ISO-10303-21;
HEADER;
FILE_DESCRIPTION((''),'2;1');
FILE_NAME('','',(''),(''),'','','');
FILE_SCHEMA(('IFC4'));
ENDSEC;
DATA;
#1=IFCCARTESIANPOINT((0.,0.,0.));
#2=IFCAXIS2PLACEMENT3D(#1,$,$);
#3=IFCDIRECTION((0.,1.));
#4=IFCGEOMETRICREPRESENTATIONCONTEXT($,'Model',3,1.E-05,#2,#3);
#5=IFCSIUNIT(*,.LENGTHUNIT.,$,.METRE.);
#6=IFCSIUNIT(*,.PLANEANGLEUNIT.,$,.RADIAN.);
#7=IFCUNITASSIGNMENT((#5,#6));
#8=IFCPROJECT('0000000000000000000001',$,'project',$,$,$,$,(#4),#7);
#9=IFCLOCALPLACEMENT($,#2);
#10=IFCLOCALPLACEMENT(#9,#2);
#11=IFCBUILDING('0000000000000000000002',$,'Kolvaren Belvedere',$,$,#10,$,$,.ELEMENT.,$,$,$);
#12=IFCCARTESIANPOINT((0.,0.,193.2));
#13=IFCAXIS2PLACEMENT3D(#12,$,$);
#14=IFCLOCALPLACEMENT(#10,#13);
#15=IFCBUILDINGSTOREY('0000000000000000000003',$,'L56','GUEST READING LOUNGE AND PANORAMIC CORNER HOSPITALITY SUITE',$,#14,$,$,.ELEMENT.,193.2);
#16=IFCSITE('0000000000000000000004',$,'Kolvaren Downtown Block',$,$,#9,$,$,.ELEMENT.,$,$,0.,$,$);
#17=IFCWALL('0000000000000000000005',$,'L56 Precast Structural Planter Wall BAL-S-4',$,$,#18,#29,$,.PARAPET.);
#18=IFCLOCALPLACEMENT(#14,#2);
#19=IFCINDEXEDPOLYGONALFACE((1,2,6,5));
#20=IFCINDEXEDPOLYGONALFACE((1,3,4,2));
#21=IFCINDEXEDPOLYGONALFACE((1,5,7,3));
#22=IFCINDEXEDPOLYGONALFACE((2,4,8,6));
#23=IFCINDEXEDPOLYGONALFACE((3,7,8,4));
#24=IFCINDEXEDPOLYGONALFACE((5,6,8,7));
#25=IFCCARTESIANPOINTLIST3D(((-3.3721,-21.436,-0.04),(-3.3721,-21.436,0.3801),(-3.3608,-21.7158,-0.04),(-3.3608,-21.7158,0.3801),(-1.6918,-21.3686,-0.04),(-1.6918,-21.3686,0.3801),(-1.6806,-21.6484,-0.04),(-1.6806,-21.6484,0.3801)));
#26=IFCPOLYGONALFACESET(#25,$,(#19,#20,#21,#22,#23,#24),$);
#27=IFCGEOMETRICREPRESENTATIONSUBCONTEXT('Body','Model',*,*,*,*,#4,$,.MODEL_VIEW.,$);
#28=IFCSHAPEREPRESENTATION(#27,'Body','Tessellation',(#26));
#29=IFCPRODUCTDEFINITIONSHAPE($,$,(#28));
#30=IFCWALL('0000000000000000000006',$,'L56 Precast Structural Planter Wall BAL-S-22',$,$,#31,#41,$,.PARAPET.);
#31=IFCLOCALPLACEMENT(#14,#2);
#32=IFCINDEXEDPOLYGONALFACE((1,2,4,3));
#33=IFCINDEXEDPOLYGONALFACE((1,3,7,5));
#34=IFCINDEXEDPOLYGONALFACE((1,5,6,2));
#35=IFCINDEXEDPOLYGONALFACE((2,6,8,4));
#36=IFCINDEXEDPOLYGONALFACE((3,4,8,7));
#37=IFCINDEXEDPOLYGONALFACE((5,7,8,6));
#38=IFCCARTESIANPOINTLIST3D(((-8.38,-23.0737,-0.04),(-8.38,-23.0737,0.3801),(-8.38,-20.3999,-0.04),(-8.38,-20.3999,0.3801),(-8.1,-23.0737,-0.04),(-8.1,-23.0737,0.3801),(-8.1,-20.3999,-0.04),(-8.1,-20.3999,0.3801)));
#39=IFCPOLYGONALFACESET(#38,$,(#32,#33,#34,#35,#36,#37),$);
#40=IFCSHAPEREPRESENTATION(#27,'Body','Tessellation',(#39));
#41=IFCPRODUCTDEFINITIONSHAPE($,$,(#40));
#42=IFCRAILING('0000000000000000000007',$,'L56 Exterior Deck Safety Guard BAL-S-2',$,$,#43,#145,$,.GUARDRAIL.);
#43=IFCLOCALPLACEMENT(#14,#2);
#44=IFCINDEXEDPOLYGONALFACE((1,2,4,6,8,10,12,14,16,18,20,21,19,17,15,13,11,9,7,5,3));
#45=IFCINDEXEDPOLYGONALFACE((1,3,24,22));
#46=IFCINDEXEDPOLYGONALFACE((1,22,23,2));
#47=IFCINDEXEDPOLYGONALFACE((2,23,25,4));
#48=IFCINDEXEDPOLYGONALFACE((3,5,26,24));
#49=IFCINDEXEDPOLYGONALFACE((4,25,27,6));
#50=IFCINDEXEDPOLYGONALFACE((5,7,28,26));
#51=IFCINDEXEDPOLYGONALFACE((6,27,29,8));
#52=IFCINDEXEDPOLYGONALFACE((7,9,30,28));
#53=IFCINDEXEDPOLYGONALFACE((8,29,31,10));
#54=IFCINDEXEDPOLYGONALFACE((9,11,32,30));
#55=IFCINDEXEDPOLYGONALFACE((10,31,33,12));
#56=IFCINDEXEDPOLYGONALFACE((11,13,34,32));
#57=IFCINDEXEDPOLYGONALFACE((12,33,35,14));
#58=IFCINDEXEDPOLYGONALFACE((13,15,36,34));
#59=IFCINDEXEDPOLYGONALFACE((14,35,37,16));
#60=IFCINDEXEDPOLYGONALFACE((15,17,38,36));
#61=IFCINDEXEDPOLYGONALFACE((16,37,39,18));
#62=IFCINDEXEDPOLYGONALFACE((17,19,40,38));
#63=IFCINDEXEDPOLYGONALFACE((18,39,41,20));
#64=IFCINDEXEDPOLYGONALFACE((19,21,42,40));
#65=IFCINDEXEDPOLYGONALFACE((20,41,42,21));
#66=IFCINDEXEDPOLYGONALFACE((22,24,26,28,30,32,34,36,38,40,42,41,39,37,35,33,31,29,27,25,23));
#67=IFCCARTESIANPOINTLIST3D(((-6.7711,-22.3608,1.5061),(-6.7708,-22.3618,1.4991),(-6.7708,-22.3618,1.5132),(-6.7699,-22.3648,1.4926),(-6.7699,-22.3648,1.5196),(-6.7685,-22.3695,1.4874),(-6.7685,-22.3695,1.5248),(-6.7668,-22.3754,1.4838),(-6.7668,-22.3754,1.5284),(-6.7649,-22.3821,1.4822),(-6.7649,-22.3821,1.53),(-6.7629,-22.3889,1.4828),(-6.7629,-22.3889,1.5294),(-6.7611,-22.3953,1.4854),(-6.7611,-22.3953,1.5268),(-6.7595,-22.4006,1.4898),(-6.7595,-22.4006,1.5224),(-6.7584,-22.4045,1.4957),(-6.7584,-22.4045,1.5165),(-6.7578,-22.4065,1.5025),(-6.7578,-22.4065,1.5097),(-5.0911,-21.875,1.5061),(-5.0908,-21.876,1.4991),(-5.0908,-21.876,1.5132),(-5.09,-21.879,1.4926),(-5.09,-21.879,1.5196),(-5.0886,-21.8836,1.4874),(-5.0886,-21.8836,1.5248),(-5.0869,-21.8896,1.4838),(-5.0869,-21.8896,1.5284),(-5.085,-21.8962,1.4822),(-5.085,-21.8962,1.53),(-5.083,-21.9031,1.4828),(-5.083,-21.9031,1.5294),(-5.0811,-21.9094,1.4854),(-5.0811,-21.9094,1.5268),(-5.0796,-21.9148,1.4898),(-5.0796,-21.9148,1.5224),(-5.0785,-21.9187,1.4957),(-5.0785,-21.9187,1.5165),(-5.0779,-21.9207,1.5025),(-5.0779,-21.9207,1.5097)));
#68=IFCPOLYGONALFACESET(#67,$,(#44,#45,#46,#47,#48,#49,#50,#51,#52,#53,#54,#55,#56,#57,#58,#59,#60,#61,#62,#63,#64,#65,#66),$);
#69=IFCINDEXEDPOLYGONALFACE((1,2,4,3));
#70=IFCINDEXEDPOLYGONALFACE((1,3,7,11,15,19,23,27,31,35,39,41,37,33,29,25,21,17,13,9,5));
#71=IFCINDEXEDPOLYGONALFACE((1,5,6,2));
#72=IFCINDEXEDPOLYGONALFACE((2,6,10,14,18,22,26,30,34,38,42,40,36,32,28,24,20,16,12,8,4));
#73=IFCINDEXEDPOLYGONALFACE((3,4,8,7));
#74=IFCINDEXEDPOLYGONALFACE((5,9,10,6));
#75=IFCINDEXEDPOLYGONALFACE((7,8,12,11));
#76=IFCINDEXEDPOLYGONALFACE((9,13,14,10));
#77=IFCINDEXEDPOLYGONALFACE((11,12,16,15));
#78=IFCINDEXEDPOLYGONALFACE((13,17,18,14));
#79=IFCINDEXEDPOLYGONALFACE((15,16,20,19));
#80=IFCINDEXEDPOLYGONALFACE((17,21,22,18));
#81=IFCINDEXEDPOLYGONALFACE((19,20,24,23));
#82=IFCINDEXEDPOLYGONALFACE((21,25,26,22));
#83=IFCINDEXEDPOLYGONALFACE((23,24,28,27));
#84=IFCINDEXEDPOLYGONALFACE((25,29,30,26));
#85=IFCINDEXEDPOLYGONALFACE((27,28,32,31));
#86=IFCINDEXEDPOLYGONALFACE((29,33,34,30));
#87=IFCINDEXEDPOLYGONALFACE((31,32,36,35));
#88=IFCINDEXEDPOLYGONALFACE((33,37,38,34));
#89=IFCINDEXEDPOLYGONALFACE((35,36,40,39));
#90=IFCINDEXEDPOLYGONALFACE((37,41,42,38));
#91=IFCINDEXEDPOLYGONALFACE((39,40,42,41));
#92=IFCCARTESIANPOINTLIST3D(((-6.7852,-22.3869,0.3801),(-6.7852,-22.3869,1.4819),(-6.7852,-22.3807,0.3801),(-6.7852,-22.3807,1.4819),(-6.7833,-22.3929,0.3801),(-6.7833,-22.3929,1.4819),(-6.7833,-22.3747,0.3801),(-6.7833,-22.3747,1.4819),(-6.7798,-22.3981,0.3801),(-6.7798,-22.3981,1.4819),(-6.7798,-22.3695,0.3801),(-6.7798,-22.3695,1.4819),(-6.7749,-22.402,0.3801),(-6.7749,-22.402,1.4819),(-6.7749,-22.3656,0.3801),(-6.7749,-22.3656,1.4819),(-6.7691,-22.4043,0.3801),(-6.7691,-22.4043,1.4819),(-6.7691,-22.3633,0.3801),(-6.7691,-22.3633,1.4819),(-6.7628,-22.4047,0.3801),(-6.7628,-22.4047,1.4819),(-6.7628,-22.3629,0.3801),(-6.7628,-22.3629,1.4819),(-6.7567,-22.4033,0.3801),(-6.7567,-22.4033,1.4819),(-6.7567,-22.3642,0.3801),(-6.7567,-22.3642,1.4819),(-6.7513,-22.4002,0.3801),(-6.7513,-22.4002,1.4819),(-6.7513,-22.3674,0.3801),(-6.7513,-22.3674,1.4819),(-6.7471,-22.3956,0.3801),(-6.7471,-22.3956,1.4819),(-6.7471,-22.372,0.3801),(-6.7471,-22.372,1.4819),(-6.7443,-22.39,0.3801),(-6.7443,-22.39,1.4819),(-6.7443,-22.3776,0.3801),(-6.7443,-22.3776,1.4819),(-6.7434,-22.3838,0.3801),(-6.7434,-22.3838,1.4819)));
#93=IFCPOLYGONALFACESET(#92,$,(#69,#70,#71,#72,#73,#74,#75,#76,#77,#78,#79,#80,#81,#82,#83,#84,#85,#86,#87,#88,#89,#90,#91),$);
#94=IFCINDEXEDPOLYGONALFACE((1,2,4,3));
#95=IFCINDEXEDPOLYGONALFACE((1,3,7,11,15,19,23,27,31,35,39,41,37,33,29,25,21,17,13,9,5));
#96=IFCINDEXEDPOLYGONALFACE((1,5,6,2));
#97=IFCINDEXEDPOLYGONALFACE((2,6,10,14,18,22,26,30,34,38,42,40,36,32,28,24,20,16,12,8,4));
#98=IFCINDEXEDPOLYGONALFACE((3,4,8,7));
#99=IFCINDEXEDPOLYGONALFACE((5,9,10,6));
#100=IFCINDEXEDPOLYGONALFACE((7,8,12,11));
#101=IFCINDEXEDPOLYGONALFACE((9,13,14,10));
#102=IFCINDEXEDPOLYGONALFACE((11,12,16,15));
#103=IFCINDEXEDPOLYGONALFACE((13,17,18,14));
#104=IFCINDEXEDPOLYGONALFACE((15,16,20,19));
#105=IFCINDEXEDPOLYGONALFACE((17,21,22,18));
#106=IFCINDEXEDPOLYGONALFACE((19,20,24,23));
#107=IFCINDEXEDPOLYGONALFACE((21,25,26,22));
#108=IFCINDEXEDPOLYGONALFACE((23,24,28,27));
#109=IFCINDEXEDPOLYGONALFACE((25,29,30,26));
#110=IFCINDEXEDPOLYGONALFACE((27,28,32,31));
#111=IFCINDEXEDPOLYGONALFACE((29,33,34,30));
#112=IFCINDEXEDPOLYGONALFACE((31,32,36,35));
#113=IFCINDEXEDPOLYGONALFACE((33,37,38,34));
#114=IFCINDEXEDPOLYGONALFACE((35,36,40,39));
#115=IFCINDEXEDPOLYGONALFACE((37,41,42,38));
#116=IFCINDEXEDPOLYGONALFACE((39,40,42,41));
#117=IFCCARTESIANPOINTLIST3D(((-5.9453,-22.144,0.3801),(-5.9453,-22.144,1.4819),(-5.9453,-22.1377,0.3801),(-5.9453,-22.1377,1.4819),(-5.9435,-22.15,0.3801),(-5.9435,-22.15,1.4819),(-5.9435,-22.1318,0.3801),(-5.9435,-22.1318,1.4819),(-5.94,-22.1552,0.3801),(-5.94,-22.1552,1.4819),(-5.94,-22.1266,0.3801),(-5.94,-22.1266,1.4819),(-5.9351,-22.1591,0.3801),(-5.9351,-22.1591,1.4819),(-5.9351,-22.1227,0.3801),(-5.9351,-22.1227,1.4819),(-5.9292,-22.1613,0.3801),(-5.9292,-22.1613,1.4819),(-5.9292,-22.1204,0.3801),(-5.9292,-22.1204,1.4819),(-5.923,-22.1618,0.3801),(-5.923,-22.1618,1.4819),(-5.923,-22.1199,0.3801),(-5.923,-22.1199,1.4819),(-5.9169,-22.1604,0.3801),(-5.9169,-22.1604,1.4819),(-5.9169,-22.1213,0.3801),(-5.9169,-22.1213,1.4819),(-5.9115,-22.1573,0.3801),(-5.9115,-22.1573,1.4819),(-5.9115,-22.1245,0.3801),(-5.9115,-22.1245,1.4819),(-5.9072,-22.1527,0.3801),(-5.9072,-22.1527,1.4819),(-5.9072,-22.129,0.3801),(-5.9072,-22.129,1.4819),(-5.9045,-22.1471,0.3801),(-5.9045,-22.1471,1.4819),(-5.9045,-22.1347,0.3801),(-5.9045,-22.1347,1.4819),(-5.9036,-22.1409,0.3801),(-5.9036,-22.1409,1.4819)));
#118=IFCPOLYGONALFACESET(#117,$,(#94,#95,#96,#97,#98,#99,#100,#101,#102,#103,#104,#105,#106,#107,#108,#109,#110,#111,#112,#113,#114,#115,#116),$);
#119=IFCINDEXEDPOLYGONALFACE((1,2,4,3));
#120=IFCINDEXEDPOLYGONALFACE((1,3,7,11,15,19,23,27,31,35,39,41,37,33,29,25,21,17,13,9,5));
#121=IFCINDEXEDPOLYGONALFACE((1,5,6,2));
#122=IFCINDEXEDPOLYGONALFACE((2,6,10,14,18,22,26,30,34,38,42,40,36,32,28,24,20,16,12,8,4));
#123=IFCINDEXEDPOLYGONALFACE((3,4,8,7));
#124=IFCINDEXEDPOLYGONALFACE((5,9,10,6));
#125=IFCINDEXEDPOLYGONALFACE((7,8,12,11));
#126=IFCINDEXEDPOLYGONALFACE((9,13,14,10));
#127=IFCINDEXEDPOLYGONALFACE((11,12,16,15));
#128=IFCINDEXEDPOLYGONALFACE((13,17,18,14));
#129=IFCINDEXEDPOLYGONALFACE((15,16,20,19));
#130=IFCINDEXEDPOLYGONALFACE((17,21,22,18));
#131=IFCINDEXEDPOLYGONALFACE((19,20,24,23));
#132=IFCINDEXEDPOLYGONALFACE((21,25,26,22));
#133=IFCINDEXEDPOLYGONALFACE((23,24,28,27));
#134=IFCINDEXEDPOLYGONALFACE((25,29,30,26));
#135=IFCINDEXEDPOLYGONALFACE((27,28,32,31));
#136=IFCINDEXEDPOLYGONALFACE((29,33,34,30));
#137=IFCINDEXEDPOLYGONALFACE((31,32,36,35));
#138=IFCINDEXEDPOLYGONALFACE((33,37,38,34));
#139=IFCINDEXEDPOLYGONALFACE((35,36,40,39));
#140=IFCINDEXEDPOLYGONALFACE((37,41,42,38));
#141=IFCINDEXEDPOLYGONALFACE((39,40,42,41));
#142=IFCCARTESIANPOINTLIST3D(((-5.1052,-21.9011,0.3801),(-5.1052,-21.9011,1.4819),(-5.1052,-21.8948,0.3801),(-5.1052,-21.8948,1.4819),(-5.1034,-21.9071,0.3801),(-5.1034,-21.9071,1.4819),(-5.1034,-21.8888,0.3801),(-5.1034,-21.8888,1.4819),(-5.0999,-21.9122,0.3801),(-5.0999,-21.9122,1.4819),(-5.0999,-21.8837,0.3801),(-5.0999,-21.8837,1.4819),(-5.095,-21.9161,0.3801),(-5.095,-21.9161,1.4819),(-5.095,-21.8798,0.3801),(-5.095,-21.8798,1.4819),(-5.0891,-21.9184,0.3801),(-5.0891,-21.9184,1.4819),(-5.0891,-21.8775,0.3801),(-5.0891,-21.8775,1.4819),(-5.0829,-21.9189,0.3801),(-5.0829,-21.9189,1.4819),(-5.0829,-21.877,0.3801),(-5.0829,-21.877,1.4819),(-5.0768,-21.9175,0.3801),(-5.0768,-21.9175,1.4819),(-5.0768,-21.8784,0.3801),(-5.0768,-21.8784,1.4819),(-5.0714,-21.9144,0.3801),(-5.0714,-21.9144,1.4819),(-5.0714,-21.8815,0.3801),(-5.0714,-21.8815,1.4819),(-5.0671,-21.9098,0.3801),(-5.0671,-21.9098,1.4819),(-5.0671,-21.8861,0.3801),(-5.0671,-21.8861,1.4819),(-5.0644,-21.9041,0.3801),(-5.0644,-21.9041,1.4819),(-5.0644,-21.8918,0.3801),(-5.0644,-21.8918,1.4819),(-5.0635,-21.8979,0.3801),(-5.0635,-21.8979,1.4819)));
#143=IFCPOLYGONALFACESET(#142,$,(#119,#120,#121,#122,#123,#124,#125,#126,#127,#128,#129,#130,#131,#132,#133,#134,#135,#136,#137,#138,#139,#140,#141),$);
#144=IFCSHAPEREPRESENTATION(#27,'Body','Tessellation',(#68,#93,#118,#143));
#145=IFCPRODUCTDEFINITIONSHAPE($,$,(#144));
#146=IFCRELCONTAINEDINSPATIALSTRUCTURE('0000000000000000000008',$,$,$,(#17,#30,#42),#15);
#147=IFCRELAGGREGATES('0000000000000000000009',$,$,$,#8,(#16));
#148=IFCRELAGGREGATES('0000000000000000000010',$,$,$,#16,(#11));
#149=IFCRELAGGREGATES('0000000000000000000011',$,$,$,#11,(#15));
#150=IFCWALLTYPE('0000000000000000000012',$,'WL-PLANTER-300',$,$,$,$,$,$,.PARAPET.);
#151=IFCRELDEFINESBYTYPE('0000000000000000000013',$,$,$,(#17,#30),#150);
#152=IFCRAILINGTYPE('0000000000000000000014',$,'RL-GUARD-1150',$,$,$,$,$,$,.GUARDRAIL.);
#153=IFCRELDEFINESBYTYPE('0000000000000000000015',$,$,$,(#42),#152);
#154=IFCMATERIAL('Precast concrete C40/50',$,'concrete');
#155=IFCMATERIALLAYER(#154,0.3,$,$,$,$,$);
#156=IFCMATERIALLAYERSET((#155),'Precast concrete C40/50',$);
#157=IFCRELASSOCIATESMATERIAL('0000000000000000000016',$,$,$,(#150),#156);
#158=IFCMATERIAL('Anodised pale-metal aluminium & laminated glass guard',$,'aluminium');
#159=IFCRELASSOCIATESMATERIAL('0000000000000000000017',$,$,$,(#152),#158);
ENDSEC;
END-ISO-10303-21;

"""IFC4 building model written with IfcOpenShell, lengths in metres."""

from ifc_helpers import new_model, si_unit, direction, frame, frame_2d, origin, origin_2d, place, context, subcontext, project, spatial, rectangle, circle, extrude, material, layer, layer_set, type_object, element, save


model = new_model("IFC4")

# Units and contexts
model_context = context("Model", 3, precision=1e-05, world=origin(), true_north=direction((0.0, 1.0)))
body_context = subcontext(model_context, "Body", "Model", "MODEL_VIEW")
ifc_project = project(units=[si_unit("LENGTHUNIT", "METRE"), si_unit("PLANEANGLEUNIT", "RADIAN")], contexts=[model_context])

# Site, building, storey
site_placement = place(None, origin())
site = spatial("IfcSite", under=ifc_project, at=site_placement, Name="Kolvaren Downtown Block", CompositionType="ELEMENT", RefElevation=0.0)
building_placement = place(site_placement, origin())
building = spatial("IfcBuilding", under=site, at=building_placement, Name="Kolvaren Belvedere", CompositionType="ELEMENT")
storey_placement = place(building_placement, frame((0.0, 0.0, 193.2)))
storey = spatial("IfcBuildingStorey", under=building, at=storey_placement, Name="L56", Description="GUEST READING LOUNGE AND PANORAMIC CORNER HOSPITALITY SUITE", CompositionType="ELEMENT", Elevation=193.2)

# Walls
ifc_material_1 = material(Name="Precast concrete C40/50", Category="concrete")
ifc_layer_1 = layer(ifc_material_1, 0.3)
ifc_layer_set_1 = layer_set([ifc_layer_1], Name="Precast concrete C40/50")
wall_type_1 = type_object("IfcWallType", Name="WL-PLANTER-300", PredefinedType="PARAPET", material=ifc_layer_set_1)
wall_1_placement = place(storey_placement, frame((-3.3665, -21.5759, -0.04), z_axis=(0.0, 0.0, 1.0), x_axis=(0.999197, 0.040072, 0.0)))
element("IfcWall", 1, at=wall_1_placement, inside=storey, type_object=wall_type_1, Name="L56 Precast Structural Planter Wall BAL-S-4", PredefinedType="PARAPET", context=body_context, shape_type="SweptSolid", body=[
    extrude(rectangle(XDim=1.6816, YDim=0.28, at=frame_2d((0.8408, 0.0))), origin(), (0.0, 0.0, 1.0), 0.4202),
])
wall_2_placement = place(storey_placement, frame((-8.24, -20.3999, -0.04), z_axis=(0.0, 0.0, 1.0), x_axis=(0.0, -1.0, 0.0)))
element("IfcWall", 2, at=wall_2_placement, inside=storey, type_object=wall_type_1, Name="L56 Precast Structural Planter Wall BAL-S-22", PredefinedType="PARAPET", context=body_context, shape_type="SweptSolid", body=[
    extrude(rectangle(XDim=2.6738, YDim=0.28, at=frame_2d((1.3369, 0.0))), origin(), (0.0, 0.0, 1.0), 0.4202),
])

# Railing
ifc_material_2 = material(Name="Anodised pale-metal aluminium & laminated glass guard", Category="aluminium")
railing_type = type_object("IfcRailingType", Name="RL-GUARD-1150", PredefinedType="GUARDRAIL", material=ifc_material_2)
railing_1_placement = place(storey_placement, frame((-6.7644, -22.3838, 0.3801)))
element("IfcRailing", 3, at=railing_1_placement, inside=storey, type_object=railing_type, Name="L56 Exterior Deck Safety Guard BAL-S-2", PredefinedType="GUARDRAIL", context=body_context, shape_type="SweptSolid", body=[
    extrude(circle(Radius=0.0239, at=origin_2d()), frame((0.0, 0.0, 1.126), z_axis=(0.960634, 0.277817, 0.0), x_axis=(-0.277817, 0.960634, 0.0)), (0.0, 0.0, 1.0), 1.7488),
    extrude(circle(Radius=0.021, at=origin_2d()), origin(), (0.0, 0.0, 1.0), 1.1018),
    extrude(circle(Radius=0.021, at=origin_2d()), frame((0.8398, 0.2429, 0.0)), (0.0, 0.0, 1.0), 1.1018),
    extrude(circle(Radius=0.021, at=origin_2d()), frame((1.6799, 0.4858, 0.0)), (0.0, 0.0, 1.0), 1.1018),
])

save(model, "model.ifc")
